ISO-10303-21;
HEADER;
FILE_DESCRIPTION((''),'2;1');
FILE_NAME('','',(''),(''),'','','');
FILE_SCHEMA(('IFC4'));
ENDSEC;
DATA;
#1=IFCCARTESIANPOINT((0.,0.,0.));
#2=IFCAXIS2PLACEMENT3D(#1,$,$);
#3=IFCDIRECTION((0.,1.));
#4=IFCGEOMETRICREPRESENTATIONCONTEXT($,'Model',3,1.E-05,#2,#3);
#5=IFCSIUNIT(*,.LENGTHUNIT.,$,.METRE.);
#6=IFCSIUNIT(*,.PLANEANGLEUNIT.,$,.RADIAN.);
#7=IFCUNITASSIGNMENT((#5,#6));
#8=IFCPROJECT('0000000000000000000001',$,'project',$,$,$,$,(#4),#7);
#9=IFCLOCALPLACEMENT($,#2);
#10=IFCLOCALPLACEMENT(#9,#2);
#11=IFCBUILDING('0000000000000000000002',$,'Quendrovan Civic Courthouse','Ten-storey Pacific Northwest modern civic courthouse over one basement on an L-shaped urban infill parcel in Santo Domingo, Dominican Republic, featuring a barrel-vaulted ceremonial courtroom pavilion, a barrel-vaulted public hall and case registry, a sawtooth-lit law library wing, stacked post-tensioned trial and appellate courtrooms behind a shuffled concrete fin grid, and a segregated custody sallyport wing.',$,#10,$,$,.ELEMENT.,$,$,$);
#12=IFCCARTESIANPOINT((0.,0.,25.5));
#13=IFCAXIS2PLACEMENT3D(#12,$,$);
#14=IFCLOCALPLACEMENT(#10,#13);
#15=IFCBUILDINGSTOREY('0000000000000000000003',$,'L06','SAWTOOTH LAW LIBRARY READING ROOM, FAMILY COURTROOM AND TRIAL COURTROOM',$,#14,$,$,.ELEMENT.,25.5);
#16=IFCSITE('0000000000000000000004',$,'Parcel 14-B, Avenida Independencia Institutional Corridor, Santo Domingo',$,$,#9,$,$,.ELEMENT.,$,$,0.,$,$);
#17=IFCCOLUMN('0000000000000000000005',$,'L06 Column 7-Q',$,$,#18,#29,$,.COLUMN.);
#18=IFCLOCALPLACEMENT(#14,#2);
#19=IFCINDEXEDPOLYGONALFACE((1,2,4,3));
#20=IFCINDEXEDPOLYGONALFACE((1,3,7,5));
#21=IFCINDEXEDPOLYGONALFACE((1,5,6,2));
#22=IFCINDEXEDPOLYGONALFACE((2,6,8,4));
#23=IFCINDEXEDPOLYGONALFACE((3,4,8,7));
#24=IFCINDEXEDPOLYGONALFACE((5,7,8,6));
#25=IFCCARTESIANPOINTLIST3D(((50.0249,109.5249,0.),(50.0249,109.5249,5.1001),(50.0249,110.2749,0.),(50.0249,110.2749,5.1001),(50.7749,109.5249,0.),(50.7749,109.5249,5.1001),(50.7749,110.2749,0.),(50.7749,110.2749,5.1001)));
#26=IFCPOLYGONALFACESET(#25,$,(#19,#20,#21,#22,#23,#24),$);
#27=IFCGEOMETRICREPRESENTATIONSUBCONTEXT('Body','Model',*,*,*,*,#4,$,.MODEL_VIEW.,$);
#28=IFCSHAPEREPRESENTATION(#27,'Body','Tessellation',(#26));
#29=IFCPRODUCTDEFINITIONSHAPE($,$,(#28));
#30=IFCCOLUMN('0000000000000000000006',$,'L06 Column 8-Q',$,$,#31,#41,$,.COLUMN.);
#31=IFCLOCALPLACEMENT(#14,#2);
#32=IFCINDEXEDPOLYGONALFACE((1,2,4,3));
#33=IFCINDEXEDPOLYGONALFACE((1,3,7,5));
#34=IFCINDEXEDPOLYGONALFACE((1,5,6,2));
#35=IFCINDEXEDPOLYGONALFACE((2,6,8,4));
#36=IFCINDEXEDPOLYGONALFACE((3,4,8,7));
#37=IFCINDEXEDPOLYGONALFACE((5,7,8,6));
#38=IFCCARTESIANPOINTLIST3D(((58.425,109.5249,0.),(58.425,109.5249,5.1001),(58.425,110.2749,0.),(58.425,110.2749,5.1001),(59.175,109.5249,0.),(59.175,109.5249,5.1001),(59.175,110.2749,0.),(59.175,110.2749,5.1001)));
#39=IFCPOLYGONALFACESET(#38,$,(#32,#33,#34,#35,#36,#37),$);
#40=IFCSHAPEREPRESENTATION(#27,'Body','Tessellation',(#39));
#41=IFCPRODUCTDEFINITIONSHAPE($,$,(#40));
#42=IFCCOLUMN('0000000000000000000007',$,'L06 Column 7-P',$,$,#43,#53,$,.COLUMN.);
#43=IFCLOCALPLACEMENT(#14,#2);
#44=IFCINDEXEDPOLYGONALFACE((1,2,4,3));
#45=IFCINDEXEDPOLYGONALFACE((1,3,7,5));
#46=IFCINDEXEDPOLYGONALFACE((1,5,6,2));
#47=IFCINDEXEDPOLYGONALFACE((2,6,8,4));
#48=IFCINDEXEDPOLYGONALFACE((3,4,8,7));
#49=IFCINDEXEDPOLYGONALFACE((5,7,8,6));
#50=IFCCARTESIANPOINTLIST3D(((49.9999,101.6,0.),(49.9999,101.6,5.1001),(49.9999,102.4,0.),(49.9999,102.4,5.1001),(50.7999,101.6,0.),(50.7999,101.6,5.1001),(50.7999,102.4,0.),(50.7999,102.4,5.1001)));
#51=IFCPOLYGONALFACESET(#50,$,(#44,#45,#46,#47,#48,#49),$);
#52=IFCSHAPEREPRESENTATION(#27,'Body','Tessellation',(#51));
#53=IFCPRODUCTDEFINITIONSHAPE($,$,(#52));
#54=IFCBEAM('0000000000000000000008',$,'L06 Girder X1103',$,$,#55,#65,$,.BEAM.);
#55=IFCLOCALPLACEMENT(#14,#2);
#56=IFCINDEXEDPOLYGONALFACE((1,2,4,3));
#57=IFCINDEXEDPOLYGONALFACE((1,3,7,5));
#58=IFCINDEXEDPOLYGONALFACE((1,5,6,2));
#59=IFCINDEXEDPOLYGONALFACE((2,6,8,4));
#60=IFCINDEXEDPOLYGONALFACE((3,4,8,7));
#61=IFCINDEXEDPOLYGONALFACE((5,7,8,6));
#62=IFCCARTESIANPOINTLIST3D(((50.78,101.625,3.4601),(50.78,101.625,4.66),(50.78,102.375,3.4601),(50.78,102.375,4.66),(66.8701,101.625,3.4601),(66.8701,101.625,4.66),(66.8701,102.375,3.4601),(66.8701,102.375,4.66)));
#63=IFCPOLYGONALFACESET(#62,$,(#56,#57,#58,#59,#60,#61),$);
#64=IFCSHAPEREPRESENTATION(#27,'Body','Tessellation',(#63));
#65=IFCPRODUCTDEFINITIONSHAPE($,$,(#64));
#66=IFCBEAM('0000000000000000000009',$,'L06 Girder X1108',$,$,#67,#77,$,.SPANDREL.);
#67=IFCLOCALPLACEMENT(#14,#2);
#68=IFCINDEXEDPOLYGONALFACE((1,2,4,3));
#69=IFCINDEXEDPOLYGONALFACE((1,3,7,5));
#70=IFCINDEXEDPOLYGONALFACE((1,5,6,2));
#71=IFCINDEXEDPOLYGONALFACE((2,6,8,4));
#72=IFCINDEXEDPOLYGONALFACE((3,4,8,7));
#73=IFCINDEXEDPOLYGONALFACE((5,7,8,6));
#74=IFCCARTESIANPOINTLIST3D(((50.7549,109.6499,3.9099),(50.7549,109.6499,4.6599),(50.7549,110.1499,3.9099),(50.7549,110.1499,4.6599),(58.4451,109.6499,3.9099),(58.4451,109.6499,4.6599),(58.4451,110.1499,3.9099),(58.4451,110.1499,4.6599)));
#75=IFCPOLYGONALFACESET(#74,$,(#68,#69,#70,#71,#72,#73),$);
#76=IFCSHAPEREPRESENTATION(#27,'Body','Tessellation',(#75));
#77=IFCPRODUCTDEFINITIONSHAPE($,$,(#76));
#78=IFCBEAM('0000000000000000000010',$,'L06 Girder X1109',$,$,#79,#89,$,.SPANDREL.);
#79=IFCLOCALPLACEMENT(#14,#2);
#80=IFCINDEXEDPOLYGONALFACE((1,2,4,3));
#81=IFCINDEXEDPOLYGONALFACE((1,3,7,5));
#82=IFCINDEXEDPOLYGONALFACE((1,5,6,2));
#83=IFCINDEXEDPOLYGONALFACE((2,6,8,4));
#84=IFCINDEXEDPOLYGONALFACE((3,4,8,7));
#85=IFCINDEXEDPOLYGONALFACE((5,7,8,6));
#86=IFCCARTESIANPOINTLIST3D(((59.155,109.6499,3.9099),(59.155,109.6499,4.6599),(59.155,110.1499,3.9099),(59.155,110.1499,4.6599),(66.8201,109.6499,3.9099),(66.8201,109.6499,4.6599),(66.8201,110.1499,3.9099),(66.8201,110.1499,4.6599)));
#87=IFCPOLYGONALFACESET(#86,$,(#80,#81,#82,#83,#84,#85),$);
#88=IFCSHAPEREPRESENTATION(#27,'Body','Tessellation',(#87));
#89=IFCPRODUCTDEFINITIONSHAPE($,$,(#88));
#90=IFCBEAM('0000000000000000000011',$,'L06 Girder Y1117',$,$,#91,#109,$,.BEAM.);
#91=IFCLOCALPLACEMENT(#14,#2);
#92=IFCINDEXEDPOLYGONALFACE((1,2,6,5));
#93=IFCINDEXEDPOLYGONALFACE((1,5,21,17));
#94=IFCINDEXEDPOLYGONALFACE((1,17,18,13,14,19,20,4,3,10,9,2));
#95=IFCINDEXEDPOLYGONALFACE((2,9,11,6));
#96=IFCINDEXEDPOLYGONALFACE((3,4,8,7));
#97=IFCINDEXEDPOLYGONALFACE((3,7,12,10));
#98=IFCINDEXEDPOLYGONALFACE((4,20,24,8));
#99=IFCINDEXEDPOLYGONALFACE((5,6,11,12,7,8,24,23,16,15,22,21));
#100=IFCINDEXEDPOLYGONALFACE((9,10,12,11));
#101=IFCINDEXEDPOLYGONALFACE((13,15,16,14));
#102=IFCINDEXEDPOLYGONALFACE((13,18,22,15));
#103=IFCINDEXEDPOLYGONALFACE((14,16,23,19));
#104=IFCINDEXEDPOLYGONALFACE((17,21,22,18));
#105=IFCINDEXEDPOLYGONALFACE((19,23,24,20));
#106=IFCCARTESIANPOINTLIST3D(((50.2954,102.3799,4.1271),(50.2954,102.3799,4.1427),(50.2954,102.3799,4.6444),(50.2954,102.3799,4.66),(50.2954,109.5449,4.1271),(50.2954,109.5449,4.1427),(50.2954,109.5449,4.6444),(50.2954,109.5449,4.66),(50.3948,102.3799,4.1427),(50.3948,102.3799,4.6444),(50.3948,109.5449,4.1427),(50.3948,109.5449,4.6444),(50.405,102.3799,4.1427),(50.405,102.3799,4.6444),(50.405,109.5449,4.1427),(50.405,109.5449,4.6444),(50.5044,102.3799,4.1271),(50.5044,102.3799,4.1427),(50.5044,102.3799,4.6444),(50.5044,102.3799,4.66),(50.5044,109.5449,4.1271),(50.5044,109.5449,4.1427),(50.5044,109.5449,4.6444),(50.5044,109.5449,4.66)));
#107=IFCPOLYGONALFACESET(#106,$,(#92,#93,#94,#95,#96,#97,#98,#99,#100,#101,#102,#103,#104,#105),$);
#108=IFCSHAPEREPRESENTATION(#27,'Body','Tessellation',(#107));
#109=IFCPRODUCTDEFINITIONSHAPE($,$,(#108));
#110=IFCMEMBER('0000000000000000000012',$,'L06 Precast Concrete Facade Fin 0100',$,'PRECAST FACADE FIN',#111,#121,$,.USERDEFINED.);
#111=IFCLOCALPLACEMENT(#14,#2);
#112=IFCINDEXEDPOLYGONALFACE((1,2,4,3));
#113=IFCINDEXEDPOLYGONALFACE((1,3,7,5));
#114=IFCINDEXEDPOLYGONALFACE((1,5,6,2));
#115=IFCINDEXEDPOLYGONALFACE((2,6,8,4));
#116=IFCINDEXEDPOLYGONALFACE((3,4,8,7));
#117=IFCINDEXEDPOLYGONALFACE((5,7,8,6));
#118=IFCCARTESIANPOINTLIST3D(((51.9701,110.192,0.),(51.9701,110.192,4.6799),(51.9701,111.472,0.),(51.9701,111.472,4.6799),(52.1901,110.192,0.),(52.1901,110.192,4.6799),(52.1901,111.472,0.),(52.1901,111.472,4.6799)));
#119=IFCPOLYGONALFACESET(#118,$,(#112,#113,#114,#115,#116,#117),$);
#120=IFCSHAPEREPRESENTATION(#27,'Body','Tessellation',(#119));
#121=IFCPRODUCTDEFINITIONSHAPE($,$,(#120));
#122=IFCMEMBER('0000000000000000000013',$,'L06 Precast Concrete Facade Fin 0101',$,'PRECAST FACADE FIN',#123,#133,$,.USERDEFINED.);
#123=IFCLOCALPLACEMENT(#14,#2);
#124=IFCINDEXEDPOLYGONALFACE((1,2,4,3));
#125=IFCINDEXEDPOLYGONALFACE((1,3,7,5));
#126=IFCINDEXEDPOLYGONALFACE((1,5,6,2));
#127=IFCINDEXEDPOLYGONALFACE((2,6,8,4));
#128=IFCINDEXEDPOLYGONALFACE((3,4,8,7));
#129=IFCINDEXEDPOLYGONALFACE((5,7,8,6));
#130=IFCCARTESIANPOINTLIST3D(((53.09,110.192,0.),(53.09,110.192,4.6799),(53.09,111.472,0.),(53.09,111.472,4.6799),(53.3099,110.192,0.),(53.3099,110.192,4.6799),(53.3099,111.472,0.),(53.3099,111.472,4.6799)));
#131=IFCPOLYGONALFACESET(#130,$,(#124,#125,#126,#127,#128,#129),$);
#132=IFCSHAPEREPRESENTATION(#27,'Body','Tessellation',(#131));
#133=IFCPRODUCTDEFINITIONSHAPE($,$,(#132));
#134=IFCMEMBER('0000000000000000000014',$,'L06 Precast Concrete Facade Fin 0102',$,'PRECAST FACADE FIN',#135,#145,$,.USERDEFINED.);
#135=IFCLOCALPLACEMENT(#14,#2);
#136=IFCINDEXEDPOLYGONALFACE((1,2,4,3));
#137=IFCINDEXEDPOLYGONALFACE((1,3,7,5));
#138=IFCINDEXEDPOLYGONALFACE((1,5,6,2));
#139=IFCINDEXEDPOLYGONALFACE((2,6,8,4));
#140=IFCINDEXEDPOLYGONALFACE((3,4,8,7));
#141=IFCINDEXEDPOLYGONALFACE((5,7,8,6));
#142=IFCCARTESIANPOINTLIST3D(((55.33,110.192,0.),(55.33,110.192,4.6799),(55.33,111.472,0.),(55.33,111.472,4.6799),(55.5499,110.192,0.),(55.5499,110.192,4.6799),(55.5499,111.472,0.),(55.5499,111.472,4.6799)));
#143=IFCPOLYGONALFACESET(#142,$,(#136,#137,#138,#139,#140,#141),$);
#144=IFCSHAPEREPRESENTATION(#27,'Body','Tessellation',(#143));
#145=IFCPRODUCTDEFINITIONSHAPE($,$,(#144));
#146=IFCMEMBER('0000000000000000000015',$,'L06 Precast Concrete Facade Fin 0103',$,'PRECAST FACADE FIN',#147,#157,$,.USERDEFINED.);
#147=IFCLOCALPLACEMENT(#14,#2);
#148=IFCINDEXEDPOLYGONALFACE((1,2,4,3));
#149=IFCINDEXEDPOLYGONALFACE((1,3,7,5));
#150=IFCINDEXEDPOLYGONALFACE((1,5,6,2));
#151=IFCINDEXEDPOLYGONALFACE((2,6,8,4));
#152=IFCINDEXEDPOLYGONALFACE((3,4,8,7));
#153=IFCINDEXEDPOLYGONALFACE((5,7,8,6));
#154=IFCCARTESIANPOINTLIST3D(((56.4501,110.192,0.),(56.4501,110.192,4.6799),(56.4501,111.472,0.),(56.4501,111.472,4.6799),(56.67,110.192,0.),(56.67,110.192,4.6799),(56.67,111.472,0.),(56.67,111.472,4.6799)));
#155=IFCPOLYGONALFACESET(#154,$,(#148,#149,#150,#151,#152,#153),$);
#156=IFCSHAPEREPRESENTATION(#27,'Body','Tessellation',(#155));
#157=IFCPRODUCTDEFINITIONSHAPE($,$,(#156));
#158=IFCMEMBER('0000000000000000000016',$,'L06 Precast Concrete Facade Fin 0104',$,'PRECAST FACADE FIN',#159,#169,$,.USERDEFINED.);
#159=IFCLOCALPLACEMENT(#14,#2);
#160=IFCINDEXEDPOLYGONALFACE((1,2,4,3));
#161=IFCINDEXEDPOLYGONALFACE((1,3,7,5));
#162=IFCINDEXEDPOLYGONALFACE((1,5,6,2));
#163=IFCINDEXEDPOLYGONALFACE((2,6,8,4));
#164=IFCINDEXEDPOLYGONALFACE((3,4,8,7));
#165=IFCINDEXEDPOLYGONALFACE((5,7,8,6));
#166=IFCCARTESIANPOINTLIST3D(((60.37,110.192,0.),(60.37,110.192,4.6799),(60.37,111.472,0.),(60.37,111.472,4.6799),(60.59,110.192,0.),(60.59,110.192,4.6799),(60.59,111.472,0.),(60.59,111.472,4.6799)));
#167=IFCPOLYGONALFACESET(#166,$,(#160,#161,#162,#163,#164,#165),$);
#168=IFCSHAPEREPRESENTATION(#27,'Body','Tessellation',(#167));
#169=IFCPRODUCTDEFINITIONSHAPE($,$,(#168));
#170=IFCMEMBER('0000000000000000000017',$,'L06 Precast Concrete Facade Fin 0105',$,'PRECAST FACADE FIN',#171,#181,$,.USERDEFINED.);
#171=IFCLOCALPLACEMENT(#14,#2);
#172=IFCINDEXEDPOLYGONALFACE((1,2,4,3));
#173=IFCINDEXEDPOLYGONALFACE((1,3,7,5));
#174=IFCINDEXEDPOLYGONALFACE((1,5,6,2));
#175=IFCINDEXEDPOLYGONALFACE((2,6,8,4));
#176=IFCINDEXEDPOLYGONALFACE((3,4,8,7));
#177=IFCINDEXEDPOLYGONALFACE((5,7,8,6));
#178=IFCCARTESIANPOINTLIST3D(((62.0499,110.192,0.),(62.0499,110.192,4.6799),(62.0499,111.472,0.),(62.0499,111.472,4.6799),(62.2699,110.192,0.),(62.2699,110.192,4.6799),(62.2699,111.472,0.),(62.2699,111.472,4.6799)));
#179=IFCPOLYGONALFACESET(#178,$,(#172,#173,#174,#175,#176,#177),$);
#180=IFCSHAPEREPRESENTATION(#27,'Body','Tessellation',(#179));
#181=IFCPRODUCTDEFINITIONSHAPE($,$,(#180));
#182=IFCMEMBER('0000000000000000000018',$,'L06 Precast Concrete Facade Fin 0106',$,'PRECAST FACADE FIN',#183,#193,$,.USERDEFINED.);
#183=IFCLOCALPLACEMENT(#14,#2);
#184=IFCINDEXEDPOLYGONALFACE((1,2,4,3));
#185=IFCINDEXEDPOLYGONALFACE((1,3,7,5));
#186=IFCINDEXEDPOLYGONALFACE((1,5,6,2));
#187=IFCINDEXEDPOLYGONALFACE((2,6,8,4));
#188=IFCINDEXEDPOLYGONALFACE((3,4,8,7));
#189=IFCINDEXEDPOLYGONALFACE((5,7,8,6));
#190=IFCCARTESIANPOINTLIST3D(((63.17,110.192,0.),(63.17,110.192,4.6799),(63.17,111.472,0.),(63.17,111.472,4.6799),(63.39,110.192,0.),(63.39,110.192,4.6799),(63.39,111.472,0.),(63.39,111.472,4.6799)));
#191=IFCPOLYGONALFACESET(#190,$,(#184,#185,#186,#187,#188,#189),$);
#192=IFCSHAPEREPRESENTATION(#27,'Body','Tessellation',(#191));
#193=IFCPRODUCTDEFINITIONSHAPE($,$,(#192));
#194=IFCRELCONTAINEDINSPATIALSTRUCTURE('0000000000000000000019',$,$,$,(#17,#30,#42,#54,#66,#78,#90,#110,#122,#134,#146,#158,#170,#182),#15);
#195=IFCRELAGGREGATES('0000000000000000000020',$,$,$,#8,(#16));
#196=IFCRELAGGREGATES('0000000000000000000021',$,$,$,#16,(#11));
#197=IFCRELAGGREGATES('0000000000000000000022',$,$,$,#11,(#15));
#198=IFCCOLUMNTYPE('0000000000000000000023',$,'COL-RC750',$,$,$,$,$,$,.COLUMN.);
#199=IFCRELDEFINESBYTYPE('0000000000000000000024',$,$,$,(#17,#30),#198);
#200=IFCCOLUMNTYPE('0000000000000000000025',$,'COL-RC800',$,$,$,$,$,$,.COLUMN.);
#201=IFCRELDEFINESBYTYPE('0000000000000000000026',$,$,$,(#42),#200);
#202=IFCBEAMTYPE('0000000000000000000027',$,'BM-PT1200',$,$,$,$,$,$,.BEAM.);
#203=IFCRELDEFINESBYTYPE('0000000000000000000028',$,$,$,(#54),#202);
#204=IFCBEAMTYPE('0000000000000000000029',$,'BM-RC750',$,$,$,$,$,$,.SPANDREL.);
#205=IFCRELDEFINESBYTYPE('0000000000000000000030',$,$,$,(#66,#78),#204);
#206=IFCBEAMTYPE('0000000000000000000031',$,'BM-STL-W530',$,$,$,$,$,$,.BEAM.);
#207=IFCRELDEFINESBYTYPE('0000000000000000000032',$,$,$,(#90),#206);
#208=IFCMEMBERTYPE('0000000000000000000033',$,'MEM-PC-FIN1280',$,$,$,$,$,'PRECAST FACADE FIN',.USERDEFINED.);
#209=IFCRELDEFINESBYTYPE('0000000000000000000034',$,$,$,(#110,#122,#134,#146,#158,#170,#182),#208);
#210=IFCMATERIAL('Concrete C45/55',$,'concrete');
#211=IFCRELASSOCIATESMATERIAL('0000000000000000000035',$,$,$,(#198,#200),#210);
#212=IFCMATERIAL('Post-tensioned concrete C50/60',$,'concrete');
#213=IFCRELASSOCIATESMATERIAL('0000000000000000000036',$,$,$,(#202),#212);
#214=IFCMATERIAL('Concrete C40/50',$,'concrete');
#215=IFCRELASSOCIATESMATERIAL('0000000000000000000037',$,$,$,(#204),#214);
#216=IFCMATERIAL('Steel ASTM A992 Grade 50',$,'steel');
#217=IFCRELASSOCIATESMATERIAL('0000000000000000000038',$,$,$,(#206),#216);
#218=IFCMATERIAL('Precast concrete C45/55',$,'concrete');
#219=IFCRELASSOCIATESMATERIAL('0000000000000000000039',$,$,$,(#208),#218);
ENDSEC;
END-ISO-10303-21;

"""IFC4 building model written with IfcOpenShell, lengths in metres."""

from ifc_helpers import new_model, si_unit, direction, frame, origin, origin_2d, place, context, subcontext, project, spatial, rectangle, i_section, extrude, material, material_profile, profile_set, type_object, element, save


model = new_model("IFC4")

# Units and contexts
model_context = context("Model", 3, precision=1e-05, world=origin(), true_north=direction((0.0, 1.0)))
body_context = subcontext(model_context, "Body", "Model", "MODEL_VIEW")
ifc_project = project(units=[si_unit("LENGTHUNIT", "METRE"), si_unit("PLANEANGLEUNIT", "RADIAN")], contexts=[model_context])

# Site, building, storey
site_placement = place(None, origin())
site = spatial("IfcSite", under=ifc_project, at=site_placement, Name="Parcel 14-B, Avenida Independencia Institutional Corridor, Santo Domingo", CompositionType="ELEMENT", RefElevation=0.0)
building_placement = place(site_placement, origin())
building = spatial("IfcBuilding", under=site, at=building_placement, Name="Quendrovan Civic Courthouse", Description="Ten-storey Pacific Northwest modern civic courthouse over one basement on an L-shaped urban infill parcel in Santo Domingo, Dominican Republic, featuring a barrel-vaulted ceremonial courtroom pavilion, a barrel-vaulted public hall and case registry, a sawtooth-lit law library wing, stacked post-tensioned trial and appellate courtrooms behind a shuffled concrete fin grid, and a segregated custody sallyport wing.", CompositionType="ELEMENT")
storey_placement = place(building_placement, frame((0.0, 0.0, 25.5)))
storey = spatial("IfcBuildingStorey", under=building, at=storey_placement, Name="L06", Description="SAWTOOTH LAW LIBRARY READING ROOM, FAMILY COURTROOM AND TRIAL COURTROOM", CompositionType="ELEMENT", Elevation=25.5)

# Columns
ifc_material_1 = material(Name="Concrete C45/55", Category="concrete")
ifc_material_profile_1 = material_profile(ifc_material_1, rectangle(XDim=0.75, YDim=0.75, at=origin_2d()), Name="RC-COL-750x750")
ifc_profile_set_1 = profile_set([ifc_material_profile_1], Name="Concrete C45/55")
column_type_1 = type_object("IfcColumnType", Name="COL-RC750", PredefinedType="COLUMN", material=ifc_profile_set_1)
for number, where, z_axis, x_axis, name in (
    (1, (50.3999, 109.8999, 0.0), (0.0, 0.0, 1.0), (1.0, 0.0, 0.0), "L06 Column 7-Q"),
    (2, (58.8, 109.8999, 0.0), (0.0, 0.0, 1.0), (1.0, 0.0, 0.0), "L06 Column 8-Q"),
):
    element("IfcColumn", number, at=place(storey_placement, frame(where, z_axis=z_axis, x_axis=x_axis)), inside=storey, type_object=column_type_1, Name=name, PredefinedType="COLUMN", context=body_context, shape_type="SweptSolid", body=[
        extrude(rectangle(XDim=0.75, YDim=0.75, at=origin_2d()), origin(), (0.0, 0.0, 1.0), 5.1001),
    ])
ifc_material_profile_2 = material_profile(ifc_material_1, rectangle(XDim=0.8, YDim=0.8, at=origin_2d()), Name="RC-COL-800x800")
ifc_profile_set_2 = profile_set([ifc_material_profile_2], Name="Concrete C45/55")
column_type_2 = type_object("IfcColumnType", Name="COL-RC800", PredefinedType="COLUMN", material=ifc_profile_set_2)
column_placement = place(storey_placement, frame((50.3999, 102.0, 0.0), z_axis=(0.0, 0.0, 1.0), x_axis=(1.0, 0.0, 0.0)))
element("IfcColumn", 3, at=column_placement, inside=storey, type_object=column_type_2, Name="L06 Column 7-P", PredefinedType="COLUMN", context=body_context, shape_type="SweptSolid", body=[
    extrude(rectangle(XDim=0.8, YDim=0.8, at=origin_2d()), origin(), (0.0, 0.0, 1.0), 5.1001),
])

# Beams
ifc_material_2 = material(Name="Post-tensioned concrete C50/60", Category="concrete")
ifc_material_profile_3 = material_profile(ifc_material_2, rectangle(XDim=0.75, YDim=1.2, at=origin_2d()), Name="PT-GIRD-750x1200")
ifc_profile_set_3 = profile_set([ifc_material_profile_3], Name="Post-tensioned concrete C50/60")
beam_type_1 = type_object("IfcBeamType", Name="BM-PT1200", PredefinedType="BEAM", material=ifc_profile_set_3)
beam_1_placement = place(storey_placement, frame((50.78, 102.0, 4.0601), z_axis=(1.0, 0.0, 0.0), x_axis=(0.0, 1.0, 0.0)))
element("IfcBeam", 4, at=beam_1_placement, inside=storey, type_object=beam_type_1, Name="L06 Girder X1103", PredefinedType="BEAM", context=body_context, shape_type="SweptSolid", body=[
    extrude(rectangle(XDim=0.75, YDim=1.2, at=origin_2d()), origin(), (0.0, 0.0, 1.0), 16.0901),
])
ifc_material_3 = material(Name="Concrete C40/50", Category="concrete")
ifc_material_profile_4 = material_profile(ifc_material_3, rectangle(XDim=0.5, YDim=0.75, at=origin_2d()), Name="RC-BM-500x750")
ifc_profile_set_4 = profile_set([ifc_material_profile_4], Name="Concrete C40/50")
beam_type_2 = type_object("IfcBeamType", Name="BM-RC750", PredefinedType="SPANDREL", material=ifc_profile_set_4)
beam_2_placement = place(storey_placement, frame((50.7549, 109.8999, 4.2849), z_axis=(1.0, 0.0, 0.0), x_axis=(0.0, 1.0, 0.0)))
element("IfcBeam", 5, at=beam_2_placement, inside=storey, type_object=beam_type_2, Name="L06 Girder X1108", PredefinedType="SPANDREL", context=body_context, shape_type="SweptSolid", body=[
    extrude(rectangle(XDim=0.5, YDim=0.75, at=origin_2d()), origin(), (0.0, 0.0, 1.0), 7.6902),
])
beam_3_placement = place(storey_placement, frame((59.155, 109.8999, 4.2849), z_axis=(1.0, 0.0, 0.0), x_axis=(0.0, 1.0, 0.0)))
element("IfcBeam", 6, at=beam_3_placement, inside=storey, type_object=beam_type_2, Name="L06 Girder X1109", PredefinedType="SPANDREL", context=body_context, shape_type="SweptSolid", body=[
    extrude(rectangle(XDim=0.5, YDim=0.75, at=origin_2d()), origin(), (0.0, 0.0, 1.0), 7.665),
])
ifc_material_4 = material(Name="Steel ASTM A992 Grade 50", Category="steel")
ifc_material_profile_5 = material_profile(ifc_material_4, i_section(OverallWidth=0.209, OverallDepth=0.533, WebThickness=0.0103, FlangeThickness=0.0156, at=origin_2d()), Name="W530x92")
ifc_profile_set_5 = profile_set([ifc_material_profile_5], Name="Steel ASTM A992 Grade 50")
beam_type_3 = type_object("IfcBeamType", Name="BM-STL-W530", PredefinedType="BEAM", material=ifc_profile_set_5)
beam_4_placement = place(storey_placement, frame((50.3999, 102.3799, 4.3936), z_axis=(0.0, 1.0, 0.0), x_axis=(-1.0, 0.0, 0.0)))
element("IfcBeam", 7, at=beam_4_placement, inside=storey, type_object=beam_type_3, Name="L06 Girder Y1117", PredefinedType="BEAM", context=body_context, shape_type="SweptSolid", body=[
    extrude(i_section(OverallWidth=0.209, OverallDepth=0.533, WebThickness=0.0103, FlangeThickness=0.0156, at=origin_2d()), origin(), (0.0, 0.0, 1.0), 7.165),
])

# Members
ifc_material_5 = material(Name="Precast concrete C45/55", Category="concrete")
ifc_material_profile_6 = material_profile(ifc_material_5, rectangle(XDim=0.22, YDim=1.28, at=origin_2d()), Name="PC-FIN-220x1280")
ifc_profile_set_6 = profile_set([ifc_material_profile_6], Name="Precast concrete C45/55")
member_type = type_object("IfcMemberType", Name="MEM-PC-FIN1280", ElementType="PRECAST FACADE FIN", PredefinedType="USERDEFINED", material=ifc_profile_set_6)
for number, where, z_axis, x_axis, name in (
    (8, (52.0801, 110.832, 0.0), (0.0, 0.0, 1.0), (1.0, 0.0, 0.0), "L06 Precast Concrete Facade Fin 0100"),
    (9, (53.2, 110.832, 0.0), (0.0, 0.0, 1.0), (1.0, 0.0, 0.0), "L06 Precast Concrete Facade Fin 0101"),
    (10, (55.4399, 110.832, 0.0), (0.0, 0.0, 1.0), (1.0, 0.0, 0.0), "L06 Precast Concrete Facade Fin 0102"),
    (11, (56.5601, 110.832, 0.0), (0.0, 0.0, 1.0), (1.0, 0.0, 0.0), "L06 Precast Concrete Facade Fin 0103"),
    (12, (60.48, 110.832, 0.0), (0.0, 0.0, 1.0), (1.0, 0.0, 0.0), "L06 Precast Concrete Facade Fin 0104"),
    (13, (62.1599, 110.832, 0.0), (0.0, 0.0, 1.0), (1.0, 0.0, 0.0), "L06 Precast Concrete Facade Fin 0105"),
    (14, (63.28, 110.832, 0.0), (0.0, 0.0, 1.0), (1.0, 0.0, 0.0), "L06 Precast Concrete Facade Fin 0106"),
):
    element("IfcMember", number, at=place(storey_placement, frame(where, z_axis=z_axis, x_axis=x_axis)), inside=storey, type_object=member_type, Name=name, ObjectType="PRECAST FACADE FIN", PredefinedType="USERDEFINED", context=body_context, shape_type="SweptSolid", body=[
        extrude(rectangle(XDim=0.22, YDim=1.28, at=origin_2d()), origin(), (0.0, 0.0, 1.0), 4.6799),
    ])

save(model, "model.ifc")
